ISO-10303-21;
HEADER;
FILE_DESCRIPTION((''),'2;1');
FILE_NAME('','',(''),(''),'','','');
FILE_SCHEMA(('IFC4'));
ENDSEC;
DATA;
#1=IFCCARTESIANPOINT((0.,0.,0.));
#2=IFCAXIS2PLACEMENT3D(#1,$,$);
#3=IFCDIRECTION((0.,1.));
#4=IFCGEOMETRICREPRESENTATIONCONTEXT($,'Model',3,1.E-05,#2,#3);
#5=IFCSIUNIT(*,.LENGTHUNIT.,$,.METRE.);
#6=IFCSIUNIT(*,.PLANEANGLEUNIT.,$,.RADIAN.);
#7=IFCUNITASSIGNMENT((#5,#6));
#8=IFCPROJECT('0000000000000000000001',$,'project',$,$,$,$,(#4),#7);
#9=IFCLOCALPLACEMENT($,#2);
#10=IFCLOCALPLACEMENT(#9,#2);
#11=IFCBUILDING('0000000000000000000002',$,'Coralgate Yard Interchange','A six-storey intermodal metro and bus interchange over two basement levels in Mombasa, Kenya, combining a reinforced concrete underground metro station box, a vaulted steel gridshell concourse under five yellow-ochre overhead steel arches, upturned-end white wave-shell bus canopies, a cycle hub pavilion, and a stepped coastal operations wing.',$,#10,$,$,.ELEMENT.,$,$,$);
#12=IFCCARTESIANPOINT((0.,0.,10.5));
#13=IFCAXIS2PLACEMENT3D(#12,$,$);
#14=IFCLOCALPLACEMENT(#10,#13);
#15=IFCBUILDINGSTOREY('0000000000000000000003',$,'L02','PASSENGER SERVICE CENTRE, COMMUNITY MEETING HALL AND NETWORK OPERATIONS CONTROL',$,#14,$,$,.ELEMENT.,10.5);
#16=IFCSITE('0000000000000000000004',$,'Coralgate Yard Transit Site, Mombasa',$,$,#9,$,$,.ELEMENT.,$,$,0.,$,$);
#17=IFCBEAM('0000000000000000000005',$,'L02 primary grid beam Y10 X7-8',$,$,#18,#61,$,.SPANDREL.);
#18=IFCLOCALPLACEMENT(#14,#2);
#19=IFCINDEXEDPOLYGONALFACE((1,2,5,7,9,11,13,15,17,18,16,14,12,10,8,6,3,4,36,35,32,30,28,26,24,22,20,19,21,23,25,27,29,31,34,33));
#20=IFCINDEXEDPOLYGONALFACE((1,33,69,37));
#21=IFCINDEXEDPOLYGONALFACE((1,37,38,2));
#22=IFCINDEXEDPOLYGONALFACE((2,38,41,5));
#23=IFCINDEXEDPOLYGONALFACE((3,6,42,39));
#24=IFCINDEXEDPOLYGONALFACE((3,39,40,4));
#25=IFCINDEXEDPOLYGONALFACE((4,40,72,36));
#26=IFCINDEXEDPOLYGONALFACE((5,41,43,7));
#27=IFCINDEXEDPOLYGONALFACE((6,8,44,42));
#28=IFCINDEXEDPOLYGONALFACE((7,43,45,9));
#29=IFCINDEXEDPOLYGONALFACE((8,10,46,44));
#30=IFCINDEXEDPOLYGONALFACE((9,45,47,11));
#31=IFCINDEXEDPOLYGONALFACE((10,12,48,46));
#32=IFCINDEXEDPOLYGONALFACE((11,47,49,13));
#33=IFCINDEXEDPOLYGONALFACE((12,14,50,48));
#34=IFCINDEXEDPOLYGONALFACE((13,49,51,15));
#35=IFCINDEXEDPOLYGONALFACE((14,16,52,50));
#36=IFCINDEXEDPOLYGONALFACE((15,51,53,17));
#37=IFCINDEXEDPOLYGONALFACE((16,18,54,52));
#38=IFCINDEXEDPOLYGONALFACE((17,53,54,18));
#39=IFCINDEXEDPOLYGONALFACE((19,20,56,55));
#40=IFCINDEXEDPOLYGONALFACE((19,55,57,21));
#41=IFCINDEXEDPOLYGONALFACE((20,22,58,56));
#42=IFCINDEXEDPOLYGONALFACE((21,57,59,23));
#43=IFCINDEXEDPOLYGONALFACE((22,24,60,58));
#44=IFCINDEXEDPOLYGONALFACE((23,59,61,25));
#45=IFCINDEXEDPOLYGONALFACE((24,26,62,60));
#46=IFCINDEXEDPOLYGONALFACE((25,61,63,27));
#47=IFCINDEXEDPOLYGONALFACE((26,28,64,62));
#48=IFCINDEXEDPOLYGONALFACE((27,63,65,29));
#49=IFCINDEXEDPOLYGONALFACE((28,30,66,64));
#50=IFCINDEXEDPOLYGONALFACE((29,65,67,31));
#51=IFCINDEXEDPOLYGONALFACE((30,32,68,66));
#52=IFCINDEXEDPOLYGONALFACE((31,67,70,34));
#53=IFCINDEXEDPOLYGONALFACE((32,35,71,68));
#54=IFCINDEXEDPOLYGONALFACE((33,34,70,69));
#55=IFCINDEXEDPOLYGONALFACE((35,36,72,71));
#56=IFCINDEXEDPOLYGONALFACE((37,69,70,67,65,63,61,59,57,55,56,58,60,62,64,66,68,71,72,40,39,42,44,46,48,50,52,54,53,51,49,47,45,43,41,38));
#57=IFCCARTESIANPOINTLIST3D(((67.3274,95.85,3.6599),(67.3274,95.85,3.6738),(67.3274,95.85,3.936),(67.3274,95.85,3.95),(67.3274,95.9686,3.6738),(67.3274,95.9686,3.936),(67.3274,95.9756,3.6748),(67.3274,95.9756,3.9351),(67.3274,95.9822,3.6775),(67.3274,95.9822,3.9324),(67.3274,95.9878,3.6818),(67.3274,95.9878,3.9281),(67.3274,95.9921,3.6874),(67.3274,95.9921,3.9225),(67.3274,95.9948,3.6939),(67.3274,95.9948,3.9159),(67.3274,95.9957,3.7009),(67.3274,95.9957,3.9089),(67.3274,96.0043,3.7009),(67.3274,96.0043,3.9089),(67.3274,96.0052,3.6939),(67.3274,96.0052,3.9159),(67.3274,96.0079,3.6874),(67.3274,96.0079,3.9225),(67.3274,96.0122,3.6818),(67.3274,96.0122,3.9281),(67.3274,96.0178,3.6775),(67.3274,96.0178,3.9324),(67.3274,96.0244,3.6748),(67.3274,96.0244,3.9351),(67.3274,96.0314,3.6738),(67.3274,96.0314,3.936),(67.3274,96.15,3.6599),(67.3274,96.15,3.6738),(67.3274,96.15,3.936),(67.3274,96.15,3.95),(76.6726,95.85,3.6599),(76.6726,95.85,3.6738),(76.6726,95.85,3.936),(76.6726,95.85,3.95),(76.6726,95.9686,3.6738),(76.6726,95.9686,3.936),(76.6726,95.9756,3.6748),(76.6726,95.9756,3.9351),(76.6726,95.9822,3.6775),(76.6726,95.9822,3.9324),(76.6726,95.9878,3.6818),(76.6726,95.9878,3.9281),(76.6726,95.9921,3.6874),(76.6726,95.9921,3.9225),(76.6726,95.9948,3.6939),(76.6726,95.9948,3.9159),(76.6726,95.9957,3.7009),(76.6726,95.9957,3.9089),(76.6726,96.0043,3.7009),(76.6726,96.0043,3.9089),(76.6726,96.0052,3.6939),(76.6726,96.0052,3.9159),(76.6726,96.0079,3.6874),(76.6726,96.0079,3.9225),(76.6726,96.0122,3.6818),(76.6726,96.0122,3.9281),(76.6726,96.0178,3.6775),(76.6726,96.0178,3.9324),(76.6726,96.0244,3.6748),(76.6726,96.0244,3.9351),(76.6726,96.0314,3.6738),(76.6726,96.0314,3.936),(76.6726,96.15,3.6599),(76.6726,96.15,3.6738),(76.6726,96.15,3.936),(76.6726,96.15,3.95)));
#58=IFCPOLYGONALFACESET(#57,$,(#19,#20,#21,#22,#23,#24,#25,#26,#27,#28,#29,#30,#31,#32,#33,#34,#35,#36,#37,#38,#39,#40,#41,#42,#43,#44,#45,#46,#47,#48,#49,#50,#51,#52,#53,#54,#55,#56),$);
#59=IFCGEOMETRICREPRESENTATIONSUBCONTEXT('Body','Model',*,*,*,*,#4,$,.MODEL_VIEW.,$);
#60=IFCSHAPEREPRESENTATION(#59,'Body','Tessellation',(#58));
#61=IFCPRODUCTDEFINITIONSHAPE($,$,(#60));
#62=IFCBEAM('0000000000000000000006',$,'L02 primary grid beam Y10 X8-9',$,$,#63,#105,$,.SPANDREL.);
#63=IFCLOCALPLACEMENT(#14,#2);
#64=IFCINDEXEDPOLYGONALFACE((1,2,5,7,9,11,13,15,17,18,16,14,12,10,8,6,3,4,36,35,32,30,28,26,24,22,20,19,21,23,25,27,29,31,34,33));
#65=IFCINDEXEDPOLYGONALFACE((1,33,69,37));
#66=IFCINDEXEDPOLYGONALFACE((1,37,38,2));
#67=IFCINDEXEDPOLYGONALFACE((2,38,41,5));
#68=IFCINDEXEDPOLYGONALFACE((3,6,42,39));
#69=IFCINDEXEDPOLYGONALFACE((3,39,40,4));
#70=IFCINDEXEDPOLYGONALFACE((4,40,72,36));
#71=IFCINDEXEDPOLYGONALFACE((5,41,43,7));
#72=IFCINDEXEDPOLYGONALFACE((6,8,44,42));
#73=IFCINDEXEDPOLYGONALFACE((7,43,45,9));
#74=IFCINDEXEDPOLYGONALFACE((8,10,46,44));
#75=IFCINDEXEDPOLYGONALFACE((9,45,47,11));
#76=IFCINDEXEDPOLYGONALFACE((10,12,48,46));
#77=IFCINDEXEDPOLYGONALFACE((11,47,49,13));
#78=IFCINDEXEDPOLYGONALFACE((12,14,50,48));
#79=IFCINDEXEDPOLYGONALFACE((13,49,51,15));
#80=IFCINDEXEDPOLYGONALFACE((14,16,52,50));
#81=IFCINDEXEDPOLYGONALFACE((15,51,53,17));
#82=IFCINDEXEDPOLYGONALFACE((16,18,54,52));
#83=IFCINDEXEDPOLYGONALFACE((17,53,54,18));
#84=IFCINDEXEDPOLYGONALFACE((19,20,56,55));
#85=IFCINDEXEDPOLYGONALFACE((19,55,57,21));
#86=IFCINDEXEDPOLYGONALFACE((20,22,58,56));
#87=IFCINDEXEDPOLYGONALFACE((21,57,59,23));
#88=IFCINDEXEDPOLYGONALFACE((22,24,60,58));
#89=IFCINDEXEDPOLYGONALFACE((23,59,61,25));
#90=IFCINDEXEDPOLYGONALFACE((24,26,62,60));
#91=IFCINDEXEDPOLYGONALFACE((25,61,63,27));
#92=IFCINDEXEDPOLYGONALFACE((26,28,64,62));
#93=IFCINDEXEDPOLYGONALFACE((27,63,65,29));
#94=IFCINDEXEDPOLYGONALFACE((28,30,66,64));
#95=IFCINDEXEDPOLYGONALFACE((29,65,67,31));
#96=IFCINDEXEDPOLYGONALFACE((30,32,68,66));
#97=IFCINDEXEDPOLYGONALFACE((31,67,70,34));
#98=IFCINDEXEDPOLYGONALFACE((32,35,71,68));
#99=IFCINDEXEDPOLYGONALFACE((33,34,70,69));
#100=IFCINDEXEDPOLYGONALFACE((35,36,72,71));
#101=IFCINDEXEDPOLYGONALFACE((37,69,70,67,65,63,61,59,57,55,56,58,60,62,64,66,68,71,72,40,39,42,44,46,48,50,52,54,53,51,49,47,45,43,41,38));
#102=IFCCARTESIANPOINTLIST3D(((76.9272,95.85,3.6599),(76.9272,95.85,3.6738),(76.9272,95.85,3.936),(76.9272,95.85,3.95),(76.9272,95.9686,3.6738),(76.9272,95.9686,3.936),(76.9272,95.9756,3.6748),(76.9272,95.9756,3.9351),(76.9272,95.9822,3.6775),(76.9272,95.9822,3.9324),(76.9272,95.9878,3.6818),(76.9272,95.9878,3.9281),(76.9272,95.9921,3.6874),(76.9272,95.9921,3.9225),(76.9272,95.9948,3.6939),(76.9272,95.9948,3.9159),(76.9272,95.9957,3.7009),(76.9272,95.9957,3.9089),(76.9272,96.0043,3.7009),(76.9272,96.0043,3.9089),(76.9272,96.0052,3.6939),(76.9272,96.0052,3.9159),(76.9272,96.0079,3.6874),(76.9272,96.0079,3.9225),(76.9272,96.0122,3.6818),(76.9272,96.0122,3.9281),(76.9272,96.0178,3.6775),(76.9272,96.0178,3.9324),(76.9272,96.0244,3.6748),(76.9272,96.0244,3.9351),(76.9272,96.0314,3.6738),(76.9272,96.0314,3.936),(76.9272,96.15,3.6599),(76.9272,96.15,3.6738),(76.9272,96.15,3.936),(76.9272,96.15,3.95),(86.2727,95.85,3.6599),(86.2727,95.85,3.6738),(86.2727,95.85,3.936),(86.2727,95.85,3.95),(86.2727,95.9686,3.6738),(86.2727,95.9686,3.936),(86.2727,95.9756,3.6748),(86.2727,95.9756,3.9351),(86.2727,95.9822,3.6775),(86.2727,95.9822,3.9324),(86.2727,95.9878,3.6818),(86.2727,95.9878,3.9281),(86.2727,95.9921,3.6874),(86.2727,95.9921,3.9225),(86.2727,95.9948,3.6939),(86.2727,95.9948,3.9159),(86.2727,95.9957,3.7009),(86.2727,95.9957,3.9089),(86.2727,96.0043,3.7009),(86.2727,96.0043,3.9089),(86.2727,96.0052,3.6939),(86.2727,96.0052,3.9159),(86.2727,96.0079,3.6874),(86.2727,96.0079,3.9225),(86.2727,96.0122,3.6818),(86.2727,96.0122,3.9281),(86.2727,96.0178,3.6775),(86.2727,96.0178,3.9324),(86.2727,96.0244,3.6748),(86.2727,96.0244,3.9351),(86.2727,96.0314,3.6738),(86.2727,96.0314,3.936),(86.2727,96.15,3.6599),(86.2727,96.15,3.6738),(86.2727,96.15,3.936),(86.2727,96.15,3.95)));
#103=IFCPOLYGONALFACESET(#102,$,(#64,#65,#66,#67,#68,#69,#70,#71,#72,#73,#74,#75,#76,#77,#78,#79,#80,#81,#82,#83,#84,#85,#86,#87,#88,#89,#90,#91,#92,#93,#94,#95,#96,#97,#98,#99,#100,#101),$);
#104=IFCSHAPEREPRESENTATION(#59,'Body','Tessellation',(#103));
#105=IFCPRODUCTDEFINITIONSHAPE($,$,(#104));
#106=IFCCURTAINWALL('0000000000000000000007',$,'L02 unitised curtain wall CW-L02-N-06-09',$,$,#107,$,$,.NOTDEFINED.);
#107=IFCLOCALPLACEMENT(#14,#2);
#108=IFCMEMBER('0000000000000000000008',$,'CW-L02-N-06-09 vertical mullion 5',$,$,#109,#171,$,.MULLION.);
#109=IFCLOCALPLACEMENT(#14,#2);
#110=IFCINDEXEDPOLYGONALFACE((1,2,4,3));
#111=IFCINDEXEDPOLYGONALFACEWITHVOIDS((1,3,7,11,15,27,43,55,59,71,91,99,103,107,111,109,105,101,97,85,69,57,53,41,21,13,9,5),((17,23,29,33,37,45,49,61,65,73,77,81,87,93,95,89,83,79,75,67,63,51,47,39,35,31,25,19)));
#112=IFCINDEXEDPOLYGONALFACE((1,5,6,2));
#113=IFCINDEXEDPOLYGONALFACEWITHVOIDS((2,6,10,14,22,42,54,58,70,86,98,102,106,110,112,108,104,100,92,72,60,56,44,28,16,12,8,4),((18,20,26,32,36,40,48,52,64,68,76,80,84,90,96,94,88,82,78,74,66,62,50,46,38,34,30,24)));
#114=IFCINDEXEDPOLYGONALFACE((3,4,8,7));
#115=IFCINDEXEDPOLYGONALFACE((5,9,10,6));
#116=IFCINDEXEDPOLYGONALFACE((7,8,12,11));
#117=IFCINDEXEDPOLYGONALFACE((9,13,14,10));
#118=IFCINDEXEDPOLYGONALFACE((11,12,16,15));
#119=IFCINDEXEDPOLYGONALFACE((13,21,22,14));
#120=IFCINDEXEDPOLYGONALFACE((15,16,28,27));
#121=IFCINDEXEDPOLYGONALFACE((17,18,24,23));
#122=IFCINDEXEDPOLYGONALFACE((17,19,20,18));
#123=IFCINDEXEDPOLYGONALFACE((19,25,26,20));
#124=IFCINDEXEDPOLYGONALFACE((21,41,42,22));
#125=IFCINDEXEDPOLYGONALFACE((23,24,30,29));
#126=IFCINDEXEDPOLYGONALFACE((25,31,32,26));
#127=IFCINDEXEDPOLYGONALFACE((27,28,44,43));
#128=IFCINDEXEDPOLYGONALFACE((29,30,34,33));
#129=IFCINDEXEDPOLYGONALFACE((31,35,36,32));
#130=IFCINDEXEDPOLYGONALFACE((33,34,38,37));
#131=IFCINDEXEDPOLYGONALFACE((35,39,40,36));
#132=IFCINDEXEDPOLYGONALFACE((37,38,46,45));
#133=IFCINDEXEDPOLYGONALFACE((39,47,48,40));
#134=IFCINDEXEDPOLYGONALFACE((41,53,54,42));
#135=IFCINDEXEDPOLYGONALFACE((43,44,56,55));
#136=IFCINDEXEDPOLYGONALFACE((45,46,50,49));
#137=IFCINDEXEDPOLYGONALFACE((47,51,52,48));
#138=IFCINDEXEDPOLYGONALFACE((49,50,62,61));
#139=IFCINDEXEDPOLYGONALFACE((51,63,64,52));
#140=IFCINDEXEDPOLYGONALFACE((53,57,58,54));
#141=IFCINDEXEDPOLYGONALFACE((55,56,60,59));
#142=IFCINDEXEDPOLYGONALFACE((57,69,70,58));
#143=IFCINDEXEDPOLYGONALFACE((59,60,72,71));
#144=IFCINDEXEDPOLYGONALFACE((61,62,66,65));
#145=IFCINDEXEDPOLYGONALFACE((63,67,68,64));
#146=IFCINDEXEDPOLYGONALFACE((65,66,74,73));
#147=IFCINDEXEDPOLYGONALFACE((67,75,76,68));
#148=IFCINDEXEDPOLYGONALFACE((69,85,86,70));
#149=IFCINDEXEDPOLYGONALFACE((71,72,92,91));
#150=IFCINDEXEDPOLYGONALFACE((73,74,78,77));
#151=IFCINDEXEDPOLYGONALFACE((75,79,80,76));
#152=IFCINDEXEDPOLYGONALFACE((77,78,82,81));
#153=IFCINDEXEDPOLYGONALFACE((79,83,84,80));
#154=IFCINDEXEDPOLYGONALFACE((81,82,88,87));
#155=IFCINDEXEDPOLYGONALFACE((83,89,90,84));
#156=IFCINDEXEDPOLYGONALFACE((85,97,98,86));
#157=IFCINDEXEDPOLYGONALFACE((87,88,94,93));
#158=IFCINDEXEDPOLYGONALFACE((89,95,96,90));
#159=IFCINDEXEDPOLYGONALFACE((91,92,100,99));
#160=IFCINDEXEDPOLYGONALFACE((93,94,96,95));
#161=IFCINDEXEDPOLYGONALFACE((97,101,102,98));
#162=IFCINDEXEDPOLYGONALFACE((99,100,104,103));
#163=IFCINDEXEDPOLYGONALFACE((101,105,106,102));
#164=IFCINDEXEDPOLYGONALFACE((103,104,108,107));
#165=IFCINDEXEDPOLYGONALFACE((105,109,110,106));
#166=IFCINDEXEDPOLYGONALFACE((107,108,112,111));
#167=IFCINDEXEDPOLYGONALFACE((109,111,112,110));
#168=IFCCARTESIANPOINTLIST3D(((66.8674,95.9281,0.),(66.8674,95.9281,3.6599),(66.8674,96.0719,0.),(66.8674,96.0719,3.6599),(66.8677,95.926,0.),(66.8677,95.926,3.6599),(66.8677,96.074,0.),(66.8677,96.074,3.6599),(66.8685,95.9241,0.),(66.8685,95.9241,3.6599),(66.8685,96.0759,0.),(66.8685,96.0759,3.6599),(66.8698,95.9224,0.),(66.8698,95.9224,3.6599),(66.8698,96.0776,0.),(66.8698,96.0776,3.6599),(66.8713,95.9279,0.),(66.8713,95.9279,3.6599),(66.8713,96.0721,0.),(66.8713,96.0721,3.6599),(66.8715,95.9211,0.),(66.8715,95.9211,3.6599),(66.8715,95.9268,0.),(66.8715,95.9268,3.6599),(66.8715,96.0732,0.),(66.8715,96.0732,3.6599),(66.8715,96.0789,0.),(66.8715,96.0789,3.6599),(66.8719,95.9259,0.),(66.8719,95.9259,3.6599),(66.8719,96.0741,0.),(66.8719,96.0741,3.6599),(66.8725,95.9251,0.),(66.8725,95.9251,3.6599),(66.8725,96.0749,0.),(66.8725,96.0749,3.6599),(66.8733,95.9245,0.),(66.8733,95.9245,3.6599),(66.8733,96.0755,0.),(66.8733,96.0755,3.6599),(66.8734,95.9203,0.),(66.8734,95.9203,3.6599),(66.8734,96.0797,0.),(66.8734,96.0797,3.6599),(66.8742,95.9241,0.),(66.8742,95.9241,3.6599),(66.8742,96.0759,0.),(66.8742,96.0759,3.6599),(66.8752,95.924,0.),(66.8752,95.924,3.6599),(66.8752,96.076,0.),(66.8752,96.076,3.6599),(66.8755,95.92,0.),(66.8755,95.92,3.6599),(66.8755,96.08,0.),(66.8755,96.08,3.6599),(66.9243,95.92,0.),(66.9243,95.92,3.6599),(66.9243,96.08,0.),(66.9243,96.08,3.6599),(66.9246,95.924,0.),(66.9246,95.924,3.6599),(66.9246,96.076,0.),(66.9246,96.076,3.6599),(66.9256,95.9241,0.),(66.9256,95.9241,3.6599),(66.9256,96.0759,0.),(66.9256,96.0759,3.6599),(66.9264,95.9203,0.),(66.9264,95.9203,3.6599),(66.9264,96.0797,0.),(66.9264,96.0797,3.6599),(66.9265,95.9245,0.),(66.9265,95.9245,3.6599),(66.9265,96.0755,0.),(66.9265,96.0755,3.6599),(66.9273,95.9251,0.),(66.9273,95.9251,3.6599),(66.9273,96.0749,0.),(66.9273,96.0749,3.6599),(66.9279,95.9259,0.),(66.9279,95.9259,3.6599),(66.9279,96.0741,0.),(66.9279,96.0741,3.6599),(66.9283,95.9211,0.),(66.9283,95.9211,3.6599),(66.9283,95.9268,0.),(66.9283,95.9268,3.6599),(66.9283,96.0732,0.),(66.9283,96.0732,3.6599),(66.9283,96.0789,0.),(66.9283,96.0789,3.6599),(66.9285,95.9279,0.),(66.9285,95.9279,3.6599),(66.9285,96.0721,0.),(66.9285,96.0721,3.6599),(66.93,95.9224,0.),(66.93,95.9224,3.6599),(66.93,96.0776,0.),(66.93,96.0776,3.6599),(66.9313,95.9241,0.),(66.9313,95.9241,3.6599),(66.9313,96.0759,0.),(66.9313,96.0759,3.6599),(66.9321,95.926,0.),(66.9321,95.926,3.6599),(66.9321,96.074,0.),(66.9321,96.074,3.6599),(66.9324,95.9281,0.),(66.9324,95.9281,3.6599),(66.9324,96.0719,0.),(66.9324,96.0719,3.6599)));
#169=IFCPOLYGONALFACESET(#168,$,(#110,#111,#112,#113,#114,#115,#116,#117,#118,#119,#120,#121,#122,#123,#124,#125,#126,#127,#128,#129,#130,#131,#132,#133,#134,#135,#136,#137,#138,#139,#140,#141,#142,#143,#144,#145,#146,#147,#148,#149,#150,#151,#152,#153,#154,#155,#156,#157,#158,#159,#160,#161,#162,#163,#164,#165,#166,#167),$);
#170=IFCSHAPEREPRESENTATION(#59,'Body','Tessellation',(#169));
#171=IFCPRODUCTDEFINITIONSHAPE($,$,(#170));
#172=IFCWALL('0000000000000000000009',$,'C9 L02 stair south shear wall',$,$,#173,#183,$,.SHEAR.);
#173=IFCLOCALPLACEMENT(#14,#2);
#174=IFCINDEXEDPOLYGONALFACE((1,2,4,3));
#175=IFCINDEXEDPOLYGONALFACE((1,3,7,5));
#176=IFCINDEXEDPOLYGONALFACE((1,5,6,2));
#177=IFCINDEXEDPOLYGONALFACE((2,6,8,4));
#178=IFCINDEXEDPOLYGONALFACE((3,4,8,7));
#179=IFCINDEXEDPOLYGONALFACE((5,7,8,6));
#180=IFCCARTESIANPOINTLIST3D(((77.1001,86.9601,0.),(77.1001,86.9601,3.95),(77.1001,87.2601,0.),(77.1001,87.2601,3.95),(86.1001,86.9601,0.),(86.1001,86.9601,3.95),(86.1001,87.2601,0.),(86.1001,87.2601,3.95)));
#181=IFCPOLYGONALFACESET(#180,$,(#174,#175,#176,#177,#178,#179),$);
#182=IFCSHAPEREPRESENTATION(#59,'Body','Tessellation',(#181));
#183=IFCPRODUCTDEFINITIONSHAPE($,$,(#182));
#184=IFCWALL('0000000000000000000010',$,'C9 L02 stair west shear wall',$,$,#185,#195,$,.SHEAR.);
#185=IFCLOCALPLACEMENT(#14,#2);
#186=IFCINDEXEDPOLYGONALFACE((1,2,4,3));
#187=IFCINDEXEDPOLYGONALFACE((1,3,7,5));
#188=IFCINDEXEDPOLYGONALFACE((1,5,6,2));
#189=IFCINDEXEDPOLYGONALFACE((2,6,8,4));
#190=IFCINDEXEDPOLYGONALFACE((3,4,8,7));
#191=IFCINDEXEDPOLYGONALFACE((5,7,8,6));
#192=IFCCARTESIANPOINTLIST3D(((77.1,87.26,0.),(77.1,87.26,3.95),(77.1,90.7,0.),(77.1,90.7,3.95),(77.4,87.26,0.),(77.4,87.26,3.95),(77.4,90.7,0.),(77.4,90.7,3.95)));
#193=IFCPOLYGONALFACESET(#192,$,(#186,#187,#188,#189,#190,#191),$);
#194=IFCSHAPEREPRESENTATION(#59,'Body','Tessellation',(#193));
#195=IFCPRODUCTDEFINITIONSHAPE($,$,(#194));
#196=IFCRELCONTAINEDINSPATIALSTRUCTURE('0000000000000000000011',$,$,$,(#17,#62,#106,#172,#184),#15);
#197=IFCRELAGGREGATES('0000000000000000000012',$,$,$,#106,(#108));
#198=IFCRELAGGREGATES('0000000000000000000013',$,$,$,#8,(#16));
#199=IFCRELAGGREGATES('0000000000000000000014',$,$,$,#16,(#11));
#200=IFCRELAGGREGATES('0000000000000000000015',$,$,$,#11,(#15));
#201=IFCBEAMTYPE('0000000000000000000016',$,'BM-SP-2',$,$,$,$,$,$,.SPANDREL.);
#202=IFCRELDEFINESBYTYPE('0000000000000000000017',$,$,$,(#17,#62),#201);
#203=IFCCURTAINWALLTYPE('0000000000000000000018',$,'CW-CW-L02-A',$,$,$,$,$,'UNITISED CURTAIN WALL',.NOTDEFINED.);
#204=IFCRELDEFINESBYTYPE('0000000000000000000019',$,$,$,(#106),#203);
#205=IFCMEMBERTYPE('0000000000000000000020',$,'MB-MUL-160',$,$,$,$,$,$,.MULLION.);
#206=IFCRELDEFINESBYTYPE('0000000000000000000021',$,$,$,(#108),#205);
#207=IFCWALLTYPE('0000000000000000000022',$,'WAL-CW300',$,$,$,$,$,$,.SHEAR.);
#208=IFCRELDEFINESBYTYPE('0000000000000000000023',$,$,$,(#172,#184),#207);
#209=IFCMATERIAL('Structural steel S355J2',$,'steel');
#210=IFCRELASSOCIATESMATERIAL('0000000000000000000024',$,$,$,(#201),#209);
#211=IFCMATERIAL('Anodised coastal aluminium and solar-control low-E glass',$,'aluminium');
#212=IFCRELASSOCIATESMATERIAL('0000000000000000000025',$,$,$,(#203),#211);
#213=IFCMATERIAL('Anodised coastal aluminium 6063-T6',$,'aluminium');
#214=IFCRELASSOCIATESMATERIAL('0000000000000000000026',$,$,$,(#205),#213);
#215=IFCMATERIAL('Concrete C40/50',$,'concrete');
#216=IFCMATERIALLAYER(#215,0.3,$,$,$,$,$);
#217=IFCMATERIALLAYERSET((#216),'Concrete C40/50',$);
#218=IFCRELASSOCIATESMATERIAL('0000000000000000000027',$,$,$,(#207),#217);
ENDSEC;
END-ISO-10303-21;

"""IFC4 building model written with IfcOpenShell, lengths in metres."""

from ifc_helpers import new_model, si_unit, direction, frame, frame_2d, origin, origin_2d, place, context, subcontext, project, spatial, rectangle, hollow_rectangle, i_section, extrude, material, layer, layer_set, material_profile, profile_set, type_object, element, aggregate, save


model = new_model("IFC4")

# Units and contexts
model_context = context("Model", 3, precision=1e-05, world=origin(), true_north=direction((0.0, 1.0)))
body_context = subcontext(model_context, "Body", "Model", "MODEL_VIEW")
ifc_project = project(units=[si_unit("LENGTHUNIT", "METRE"), si_unit("PLANEANGLEUNIT", "RADIAN")], contexts=[model_context])

# Site, building, storey
site_placement = place(None, origin())
site = spatial("IfcSite", under=ifc_project, at=site_placement, Name="Coralgate Yard Transit Site, Mombasa", CompositionType="ELEMENT", RefElevation=0.0)
building_placement = place(site_placement, origin())
building = spatial("IfcBuilding", under=site, at=building_placement, Name="Coralgate Yard Interchange", Description="A six-storey intermodal metro and bus interchange over two basement levels in Mombasa, Kenya, combining a reinforced concrete underground metro station box, a vaulted steel gridshell concourse under five yellow-ochre overhead steel arches, upturned-end white wave-shell bus canopies, a cycle hub pavilion, and a stepped coastal operations wing.", CompositionType="ELEMENT")
storey_placement = place(building_placement, frame((0.0, 0.0, 10.5)))
storey = spatial("IfcBuildingStorey", under=building, at=storey_placement, Name="L02", Description="PASSENGER SERVICE CENTRE, COMMUNITY MEETING HALL AND NETWORK OPERATIONS CONTROL", CompositionType="ELEMENT", Elevation=10.5)

# Shared definitions
ifc_material_1 = material(Name="Structural steel S355J2", Category="steel")

# Beams
ifc_material_profile_1 = material_profile(ifc_material_1, i_section(OverallWidth=0.3, OverallDepth=0.29, WebThickness=0.0085, FlangeThickness=0.0139, FilletRadius=0.0271, at=origin_2d()), Name="HEA 300")
ifc_profile_set_1 = profile_set([ifc_material_profile_1], Name="Structural steel S355J2")
beam_type_1 = type_object("IfcBeamType", Name="BM-SP-2", PredefinedType="SPANDREL", material=ifc_profile_set_1)
beam_1_placement = place(storey_placement, frame((67.3274, 96.0, 3.8049), z_axis=(1.0, 0.0, 0.0), x_axis=(0.0, 1.0, 0.0)))
element("IfcBeam", 1, at=beam_1_placement, inside=storey, type_object=beam_type_1, Name="L02 primary grid beam Y10 X7-8", PredefinedType="SPANDREL", context=body_context, shape_type="SweptSolid", body=[
    extrude(i_section(OverallWidth=0.3, OverallDepth=0.29, WebThickness=0.0085, FlangeThickness=0.0139, FilletRadius=0.0271, at=origin_2d()), origin(), (0.0, 0.0, 1.0), 9.3452),
])
beam_2_placement = place(storey_placement, frame((76.9272, 96.0, 3.8049), z_axis=(1.0, 0.0, 0.0), x_axis=(0.0, 1.0, 0.0)))
element("IfcBeam", 2, at=beam_2_placement, inside=storey, type_object=beam_type_1, Name="L02 primary grid beam Y10 X8-9", PredefinedType="SPANDREL", context=body_context, shape_type="SweptSolid", body=[
    extrude(i_section(OverallWidth=0.3, OverallDepth=0.29, WebThickness=0.0085, FlangeThickness=0.0139, FilletRadius=0.0271, at=origin_2d()), origin(), (0.0, 0.0, 1.0), 9.3455),
])

# Curtain wall, member
ifc_material_2 = material(Name="Anodised coastal aluminium and solar-control low-E glass", Category="aluminium")
curtain_wall_type = type_object("IfcCurtainWallType", Name="CW-CW-L02-A", ElementType="UNITISED CURTAIN WALL", PredefinedType="NOTDEFINED", material=ifc_material_2)
curtain_wall_placement = place(storey_placement, origin())
curtain_wall = element("IfcCurtainWall", 3, at=curtain_wall_placement, inside=storey, type_object=curtain_wall_type, Name="L02 unitised curtain wall CW-L02-N-06-09", PredefinedType="NOTDEFINED")
ifc_material_3 = material(Name="Anodised coastal aluminium 6063-T6", Category="aluminium")
ifc_material_profile_2 = material_profile(ifc_material_3, hollow_rectangle(XDim=0.0649, YDim=0.1599, WallThickness=0.0039, InnerFilletRadius=0.0039, OuterFilletRadius=0.0081, at=origin_2d()), Name="ALU 65x160x4")
ifc_profile_set_2 = profile_set([ifc_material_profile_2], Name="Anodised coastal aluminium 6063-T6")
member_type = type_object("IfcMemberType", Name="MB-MUL-160", PredefinedType="MULLION", material=ifc_profile_set_2)
member_placement = place(storey_placement, frame((66.8999, 96.0, 0.0), z_axis=(0.0, 0.0, 1.0), x_axis=(1.0, 0.0, 0.0)))
member = element("IfcMember", 4, at=member_placement, type_object=member_type, Name="CW-L02-N-06-09 vertical mullion 5", PredefinedType="MULLION", context=body_context, shape_type="SweptSolid", body=[
    extrude(hollow_rectangle(XDim=0.0649, YDim=0.1599, WallThickness=0.0039, InnerFilletRadius=0.0039, OuterFilletRadius=0.0081, at=origin_2d()), origin(), (0.0, 0.0, 1.0), 3.6599),
])
aggregate(curtain_wall, [member])

# Walls
ifc_material_4 = material(Name="Concrete C40/50", Category="concrete")
ifc_layer_1 = layer(ifc_material_4, 0.3)
ifc_layer_set_1 = layer_set([ifc_layer_1], Name="Concrete C40/50")
wall_type_1 = type_object("IfcWallType", Name="WAL-CW300", PredefinedType="SHEAR", material=ifc_layer_set_1)
wall_1_placement = place(storey_placement, frame((77.1001, 87.1101, 0.0), z_axis=(0.0, 0.0, 1.0), x_axis=(1.0, 0.0, 0.0)))
element("IfcWall", 5, at=wall_1_placement, inside=storey, type_object=wall_type_1, Name="C9 L02 stair south shear wall", PredefinedType="SHEAR", context=body_context, shape_type="SweptSolid", body=[
    extrude(rectangle(XDim=9.0, YDim=0.3, at=frame_2d((4.5, 0.0))), origin(), (0.0, 0.0, 1.0), 3.95),
])
wall_2_placement = place(storey_placement, frame((77.25, 87.26, 0.0), z_axis=(0.0, 0.0, 1.0), x_axis=(0.0, 1.0, 0.0)))
element("IfcWall", 6, at=wall_2_placement, inside=storey, type_object=wall_type_1, Name="C9 L02 stair west shear wall", PredefinedType="SHEAR", context=body_context, shape_type="SweptSolid", body=[
    extrude(rectangle(XDim=3.4399, YDim=0.3, at=frame_2d((1.72, 0.0))), origin(), (0.0, 0.0, 1.0), 3.95),
])

save(model, "model.ifc")
